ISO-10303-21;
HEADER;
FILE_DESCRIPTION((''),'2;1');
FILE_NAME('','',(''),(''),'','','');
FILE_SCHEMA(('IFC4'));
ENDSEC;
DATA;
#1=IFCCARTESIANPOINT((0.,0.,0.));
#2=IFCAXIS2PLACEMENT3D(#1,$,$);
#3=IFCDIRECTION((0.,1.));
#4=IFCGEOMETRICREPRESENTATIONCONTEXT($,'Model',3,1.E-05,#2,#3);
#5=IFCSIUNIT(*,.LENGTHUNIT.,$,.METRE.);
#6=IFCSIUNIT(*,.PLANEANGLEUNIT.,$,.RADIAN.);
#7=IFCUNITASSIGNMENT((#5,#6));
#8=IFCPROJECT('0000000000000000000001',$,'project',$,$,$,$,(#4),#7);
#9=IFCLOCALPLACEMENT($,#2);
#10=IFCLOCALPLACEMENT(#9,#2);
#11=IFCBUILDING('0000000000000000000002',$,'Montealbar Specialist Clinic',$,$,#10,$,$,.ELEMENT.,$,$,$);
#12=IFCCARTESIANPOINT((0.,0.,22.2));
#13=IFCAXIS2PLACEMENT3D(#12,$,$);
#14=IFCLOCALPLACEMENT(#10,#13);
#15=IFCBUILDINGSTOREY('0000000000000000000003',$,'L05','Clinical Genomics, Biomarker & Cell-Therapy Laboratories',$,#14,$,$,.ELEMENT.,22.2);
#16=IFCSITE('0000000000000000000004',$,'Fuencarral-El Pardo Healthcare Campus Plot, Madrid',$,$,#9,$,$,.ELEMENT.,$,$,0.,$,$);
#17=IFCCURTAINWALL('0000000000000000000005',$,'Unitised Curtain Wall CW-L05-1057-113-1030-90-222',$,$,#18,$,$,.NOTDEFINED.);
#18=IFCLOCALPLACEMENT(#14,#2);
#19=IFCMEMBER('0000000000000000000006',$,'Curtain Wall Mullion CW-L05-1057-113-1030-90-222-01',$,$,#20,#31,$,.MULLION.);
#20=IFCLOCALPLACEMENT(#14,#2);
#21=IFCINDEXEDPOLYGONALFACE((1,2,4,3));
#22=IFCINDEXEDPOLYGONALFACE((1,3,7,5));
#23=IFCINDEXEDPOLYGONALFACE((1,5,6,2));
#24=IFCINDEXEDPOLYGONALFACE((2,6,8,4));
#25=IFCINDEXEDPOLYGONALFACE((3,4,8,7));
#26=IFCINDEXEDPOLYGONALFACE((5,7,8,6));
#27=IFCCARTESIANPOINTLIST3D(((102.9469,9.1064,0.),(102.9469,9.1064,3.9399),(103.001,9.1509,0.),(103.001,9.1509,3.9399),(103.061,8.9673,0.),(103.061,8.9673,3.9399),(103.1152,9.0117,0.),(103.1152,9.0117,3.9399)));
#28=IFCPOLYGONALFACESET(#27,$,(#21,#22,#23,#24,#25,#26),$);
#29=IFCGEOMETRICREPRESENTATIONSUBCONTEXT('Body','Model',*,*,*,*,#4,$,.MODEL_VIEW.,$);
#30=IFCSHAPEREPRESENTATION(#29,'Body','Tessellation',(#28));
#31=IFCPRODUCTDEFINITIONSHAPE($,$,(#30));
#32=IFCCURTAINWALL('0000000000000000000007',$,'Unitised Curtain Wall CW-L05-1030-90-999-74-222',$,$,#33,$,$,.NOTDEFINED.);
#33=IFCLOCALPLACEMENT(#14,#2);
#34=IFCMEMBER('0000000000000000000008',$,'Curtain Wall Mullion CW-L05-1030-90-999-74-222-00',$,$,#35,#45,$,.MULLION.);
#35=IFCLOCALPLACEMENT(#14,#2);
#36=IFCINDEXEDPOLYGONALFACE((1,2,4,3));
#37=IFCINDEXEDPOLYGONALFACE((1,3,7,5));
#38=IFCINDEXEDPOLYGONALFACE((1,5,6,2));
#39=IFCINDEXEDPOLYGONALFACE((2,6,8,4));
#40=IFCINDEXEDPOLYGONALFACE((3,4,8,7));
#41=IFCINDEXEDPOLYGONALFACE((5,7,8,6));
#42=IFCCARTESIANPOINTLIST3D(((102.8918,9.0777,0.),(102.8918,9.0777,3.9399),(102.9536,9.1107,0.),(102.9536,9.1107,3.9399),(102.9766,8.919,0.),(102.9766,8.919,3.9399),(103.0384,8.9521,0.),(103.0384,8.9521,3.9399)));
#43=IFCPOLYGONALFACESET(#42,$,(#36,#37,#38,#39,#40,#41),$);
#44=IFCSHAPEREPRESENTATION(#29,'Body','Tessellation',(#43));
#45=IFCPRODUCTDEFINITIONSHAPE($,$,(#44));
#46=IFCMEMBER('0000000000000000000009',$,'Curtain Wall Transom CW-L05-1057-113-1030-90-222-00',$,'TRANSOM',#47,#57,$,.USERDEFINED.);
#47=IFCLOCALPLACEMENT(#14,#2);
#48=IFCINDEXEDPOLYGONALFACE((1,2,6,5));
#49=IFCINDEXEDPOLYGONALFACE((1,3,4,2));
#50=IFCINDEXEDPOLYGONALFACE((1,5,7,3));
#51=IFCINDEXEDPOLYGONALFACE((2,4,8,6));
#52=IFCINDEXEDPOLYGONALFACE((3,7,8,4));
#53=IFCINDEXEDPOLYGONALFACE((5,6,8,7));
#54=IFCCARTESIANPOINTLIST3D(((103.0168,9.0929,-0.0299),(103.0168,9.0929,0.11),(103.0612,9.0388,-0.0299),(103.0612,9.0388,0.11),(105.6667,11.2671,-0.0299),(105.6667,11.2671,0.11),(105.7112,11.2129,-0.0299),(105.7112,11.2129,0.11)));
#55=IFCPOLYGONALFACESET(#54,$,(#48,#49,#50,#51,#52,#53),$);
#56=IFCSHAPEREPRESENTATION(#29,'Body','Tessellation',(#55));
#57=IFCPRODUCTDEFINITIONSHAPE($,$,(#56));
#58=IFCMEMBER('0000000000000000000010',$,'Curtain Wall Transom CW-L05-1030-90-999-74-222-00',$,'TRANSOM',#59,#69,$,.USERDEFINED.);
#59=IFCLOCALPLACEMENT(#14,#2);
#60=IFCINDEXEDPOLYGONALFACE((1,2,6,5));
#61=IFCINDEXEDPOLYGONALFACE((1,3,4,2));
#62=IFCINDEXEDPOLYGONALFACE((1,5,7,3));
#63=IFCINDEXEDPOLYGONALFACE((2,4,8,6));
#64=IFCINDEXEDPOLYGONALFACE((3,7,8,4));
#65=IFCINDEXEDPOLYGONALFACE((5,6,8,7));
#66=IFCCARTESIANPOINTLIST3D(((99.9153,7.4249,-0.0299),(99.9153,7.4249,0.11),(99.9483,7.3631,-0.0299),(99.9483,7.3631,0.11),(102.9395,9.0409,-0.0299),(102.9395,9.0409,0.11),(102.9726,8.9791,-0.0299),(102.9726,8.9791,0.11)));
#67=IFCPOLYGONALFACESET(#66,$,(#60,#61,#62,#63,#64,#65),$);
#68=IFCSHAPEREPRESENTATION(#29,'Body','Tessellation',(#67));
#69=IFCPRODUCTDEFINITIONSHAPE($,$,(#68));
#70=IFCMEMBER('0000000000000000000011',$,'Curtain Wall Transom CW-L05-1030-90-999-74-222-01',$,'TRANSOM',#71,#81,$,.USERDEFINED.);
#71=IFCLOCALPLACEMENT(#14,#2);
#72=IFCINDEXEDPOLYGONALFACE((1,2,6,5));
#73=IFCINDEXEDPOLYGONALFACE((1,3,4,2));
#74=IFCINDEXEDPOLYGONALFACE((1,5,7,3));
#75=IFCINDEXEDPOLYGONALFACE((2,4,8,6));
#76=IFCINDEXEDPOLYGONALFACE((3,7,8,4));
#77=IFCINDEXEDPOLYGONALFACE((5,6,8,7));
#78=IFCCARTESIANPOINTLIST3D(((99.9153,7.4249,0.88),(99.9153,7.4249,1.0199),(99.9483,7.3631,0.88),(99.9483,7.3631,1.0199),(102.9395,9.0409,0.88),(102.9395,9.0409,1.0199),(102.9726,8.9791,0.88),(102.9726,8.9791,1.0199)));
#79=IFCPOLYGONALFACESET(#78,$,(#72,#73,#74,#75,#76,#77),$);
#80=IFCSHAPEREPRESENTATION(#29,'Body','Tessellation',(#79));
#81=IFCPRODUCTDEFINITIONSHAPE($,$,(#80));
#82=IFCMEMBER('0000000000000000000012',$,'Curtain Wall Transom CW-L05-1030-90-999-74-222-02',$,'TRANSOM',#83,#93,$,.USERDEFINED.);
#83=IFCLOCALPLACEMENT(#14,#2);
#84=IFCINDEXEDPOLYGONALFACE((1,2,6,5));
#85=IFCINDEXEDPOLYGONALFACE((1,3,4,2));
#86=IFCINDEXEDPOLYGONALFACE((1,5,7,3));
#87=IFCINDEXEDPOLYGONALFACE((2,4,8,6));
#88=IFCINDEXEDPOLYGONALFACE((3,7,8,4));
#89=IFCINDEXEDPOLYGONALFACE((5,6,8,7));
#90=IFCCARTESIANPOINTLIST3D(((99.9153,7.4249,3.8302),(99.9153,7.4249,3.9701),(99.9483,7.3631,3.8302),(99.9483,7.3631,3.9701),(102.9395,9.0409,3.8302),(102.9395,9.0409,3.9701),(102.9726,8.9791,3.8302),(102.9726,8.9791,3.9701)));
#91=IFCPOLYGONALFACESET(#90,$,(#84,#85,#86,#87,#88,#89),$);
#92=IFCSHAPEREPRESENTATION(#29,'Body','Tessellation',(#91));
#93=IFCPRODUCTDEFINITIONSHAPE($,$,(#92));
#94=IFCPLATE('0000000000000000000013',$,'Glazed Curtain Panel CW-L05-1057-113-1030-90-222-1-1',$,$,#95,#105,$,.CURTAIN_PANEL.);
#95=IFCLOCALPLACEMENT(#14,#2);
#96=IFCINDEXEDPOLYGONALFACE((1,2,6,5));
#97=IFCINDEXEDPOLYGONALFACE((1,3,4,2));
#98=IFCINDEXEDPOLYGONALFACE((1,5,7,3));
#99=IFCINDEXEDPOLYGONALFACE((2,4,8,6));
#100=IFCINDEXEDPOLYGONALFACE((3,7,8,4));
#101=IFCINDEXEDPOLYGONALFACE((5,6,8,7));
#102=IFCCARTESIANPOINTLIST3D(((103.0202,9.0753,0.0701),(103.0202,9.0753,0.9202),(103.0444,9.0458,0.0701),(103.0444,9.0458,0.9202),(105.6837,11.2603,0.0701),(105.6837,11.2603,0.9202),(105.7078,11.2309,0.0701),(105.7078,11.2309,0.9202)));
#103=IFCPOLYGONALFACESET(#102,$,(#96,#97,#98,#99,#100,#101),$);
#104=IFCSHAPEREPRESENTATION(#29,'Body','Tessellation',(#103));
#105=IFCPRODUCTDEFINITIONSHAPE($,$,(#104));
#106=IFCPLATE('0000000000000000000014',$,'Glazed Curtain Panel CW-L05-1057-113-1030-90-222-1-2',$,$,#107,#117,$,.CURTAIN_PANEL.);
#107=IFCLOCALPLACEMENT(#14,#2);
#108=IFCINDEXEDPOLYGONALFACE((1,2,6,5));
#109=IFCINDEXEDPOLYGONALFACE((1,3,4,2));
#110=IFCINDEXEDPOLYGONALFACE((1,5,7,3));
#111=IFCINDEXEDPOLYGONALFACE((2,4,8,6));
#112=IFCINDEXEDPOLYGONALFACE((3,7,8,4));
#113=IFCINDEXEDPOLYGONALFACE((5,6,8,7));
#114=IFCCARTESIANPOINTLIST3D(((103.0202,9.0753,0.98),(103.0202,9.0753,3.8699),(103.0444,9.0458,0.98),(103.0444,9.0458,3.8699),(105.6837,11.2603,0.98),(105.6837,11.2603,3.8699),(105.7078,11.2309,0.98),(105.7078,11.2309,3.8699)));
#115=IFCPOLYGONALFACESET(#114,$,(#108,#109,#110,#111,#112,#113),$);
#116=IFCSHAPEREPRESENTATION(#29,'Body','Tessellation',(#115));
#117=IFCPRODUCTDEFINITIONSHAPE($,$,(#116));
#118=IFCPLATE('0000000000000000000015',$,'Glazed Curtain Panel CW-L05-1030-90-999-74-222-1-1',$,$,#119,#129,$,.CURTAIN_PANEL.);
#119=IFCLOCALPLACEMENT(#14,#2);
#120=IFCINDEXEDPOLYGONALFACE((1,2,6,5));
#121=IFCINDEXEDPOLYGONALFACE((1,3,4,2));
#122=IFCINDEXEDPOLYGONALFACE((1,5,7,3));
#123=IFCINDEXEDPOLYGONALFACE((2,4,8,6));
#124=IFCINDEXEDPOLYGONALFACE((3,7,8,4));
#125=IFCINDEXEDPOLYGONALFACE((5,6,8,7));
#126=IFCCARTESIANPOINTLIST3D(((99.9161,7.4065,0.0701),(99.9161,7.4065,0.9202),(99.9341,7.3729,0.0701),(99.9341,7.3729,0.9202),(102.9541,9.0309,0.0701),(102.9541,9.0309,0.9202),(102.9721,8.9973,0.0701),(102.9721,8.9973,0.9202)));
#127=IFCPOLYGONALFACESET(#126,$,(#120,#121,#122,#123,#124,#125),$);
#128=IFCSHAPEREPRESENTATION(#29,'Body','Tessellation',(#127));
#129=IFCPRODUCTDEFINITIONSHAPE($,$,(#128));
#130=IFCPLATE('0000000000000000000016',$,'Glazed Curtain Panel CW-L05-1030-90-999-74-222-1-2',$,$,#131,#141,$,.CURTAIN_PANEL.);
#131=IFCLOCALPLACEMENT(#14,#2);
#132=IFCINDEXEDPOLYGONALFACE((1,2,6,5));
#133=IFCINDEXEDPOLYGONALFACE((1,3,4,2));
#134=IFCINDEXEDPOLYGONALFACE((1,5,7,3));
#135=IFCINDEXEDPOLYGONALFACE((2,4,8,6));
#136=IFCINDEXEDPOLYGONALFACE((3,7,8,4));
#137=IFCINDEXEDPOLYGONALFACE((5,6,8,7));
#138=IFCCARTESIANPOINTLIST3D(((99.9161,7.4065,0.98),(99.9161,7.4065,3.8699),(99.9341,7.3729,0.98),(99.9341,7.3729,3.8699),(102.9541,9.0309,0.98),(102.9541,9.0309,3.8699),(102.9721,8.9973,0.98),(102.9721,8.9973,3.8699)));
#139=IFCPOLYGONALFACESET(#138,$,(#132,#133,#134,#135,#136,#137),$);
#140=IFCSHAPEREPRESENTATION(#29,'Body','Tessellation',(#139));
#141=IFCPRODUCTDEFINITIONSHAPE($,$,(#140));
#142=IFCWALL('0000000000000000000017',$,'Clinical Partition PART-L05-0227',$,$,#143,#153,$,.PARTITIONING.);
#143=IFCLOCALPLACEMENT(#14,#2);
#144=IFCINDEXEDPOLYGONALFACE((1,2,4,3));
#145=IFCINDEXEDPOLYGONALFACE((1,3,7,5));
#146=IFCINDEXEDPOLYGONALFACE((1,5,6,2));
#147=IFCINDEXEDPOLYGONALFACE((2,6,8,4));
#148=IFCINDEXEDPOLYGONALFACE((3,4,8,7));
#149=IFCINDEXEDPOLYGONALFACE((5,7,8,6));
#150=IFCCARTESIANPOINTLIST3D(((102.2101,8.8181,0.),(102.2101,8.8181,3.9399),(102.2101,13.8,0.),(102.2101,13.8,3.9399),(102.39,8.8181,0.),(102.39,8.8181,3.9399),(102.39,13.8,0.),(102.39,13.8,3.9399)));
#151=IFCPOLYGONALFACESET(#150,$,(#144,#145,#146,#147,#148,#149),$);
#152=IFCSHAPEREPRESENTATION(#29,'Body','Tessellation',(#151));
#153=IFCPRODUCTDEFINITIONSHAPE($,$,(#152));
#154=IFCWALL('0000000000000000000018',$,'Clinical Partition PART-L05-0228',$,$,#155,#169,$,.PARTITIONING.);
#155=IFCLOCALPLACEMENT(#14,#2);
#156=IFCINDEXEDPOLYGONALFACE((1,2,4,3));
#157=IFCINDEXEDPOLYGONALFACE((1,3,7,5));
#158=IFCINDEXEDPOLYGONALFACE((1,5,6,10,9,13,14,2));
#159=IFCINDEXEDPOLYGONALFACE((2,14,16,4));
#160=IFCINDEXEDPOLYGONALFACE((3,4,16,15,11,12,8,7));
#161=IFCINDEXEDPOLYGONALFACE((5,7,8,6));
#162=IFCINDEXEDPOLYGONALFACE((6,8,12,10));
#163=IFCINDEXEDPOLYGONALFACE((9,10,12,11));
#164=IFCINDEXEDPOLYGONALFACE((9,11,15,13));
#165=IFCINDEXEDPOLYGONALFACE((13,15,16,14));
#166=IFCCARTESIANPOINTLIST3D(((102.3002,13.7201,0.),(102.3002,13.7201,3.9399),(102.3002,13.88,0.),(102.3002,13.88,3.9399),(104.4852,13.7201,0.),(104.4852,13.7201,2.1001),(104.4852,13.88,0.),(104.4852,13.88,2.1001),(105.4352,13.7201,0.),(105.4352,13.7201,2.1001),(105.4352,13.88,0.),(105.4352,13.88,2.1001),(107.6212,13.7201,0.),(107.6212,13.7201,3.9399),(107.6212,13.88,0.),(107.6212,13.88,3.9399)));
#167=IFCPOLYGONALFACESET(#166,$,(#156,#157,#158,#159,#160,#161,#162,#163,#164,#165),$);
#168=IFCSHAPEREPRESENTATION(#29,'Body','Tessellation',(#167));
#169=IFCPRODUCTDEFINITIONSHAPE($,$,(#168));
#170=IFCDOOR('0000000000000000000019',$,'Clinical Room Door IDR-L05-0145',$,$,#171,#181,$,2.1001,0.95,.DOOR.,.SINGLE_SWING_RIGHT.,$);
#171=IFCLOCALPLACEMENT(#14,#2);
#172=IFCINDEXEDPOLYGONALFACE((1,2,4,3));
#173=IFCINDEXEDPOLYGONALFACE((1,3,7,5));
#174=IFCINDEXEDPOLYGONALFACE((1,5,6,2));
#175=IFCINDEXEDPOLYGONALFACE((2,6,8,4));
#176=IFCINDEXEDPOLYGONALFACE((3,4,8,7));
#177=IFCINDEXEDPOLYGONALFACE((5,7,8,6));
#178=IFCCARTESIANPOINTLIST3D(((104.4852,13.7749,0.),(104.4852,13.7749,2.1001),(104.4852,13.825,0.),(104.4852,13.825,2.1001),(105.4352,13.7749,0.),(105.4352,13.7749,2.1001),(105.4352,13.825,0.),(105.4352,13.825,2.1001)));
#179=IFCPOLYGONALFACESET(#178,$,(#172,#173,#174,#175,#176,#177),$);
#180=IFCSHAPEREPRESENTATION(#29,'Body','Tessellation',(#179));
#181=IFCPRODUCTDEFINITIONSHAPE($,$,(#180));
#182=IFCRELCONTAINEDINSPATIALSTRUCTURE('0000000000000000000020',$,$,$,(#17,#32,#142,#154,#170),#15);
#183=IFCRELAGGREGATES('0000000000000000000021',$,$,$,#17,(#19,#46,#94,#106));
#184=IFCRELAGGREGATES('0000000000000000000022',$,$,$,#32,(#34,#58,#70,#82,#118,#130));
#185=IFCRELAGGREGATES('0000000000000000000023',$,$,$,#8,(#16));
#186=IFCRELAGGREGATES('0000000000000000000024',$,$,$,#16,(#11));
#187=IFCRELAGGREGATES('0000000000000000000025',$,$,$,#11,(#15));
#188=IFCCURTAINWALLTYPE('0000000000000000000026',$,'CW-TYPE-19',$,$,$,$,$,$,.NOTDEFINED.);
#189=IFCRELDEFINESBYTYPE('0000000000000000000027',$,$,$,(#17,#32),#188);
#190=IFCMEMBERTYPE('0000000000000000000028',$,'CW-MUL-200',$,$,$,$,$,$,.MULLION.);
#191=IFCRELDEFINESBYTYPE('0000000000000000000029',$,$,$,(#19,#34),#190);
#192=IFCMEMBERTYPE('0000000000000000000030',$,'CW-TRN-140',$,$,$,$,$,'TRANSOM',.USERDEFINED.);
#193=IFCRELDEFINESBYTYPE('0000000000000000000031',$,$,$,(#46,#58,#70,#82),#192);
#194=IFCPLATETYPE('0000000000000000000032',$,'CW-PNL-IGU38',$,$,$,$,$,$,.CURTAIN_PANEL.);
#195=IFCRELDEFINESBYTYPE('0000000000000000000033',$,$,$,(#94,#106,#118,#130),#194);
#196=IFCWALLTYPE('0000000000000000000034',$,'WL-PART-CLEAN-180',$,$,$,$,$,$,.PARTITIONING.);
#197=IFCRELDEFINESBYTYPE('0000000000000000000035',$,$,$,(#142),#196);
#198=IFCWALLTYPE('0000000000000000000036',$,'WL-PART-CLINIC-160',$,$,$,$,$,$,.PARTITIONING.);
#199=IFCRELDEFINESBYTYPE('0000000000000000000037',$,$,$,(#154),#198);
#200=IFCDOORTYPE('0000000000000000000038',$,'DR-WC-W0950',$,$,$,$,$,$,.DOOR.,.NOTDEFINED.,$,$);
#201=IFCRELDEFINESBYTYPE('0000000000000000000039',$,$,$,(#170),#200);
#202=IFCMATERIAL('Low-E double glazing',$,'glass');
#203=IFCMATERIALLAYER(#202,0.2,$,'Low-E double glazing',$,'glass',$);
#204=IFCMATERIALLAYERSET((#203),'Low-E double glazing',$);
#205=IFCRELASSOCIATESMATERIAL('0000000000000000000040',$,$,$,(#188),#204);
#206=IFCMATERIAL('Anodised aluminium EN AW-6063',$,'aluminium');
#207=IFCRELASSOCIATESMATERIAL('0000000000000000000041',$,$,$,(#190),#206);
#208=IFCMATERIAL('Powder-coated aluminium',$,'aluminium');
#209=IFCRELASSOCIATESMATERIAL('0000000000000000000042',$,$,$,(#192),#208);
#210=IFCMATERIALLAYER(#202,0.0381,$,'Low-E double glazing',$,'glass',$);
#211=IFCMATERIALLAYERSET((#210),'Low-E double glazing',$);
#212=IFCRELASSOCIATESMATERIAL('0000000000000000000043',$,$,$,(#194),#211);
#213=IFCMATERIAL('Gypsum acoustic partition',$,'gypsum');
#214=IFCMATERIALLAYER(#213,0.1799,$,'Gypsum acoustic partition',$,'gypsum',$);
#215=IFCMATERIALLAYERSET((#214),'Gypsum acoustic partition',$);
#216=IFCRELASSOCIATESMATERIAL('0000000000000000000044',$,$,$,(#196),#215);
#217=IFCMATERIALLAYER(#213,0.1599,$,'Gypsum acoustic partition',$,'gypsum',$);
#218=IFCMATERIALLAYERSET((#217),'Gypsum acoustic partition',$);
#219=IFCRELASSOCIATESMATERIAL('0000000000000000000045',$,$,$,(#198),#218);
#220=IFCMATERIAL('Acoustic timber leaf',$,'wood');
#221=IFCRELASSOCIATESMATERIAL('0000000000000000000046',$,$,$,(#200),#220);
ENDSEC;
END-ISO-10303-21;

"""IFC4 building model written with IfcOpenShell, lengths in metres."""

from ifc_helpers import new_model, si_unit, direction, frame, frame_2d, origin, origin_2d, place, context, subcontext, project, spatial, rectangle, extrude, material, layer, layer_set, material_profile, profile_set, type_object, element, fill, aggregate, save


model = new_model("IFC4")

# Units and contexts
model_context = context("Model", 3, precision=1e-05, world=origin(), true_north=direction((0.0, 1.0)))
body_context = subcontext(model_context, "Body", "Model", "MODEL_VIEW")
ifc_project = project(units=[si_unit("LENGTHUNIT", "METRE"), si_unit("PLANEANGLEUNIT", "RADIAN")], contexts=[model_context])

# Site, building, storey
site_placement = place(None, origin())
site = spatial("IfcSite", under=ifc_project, at=site_placement, Name="Fuencarral-El Pardo Healthcare Campus Plot, Madrid", CompositionType="ELEMENT", RefElevation=0.0)
building_placement = place(site_placement, origin())
building = spatial("IfcBuilding", under=site, at=building_placement, Name="Montealbar Specialist Clinic", CompositionType="ELEMENT")
storey_placement = place(building_placement, frame((0.0, 0.0, 22.2)))
storey = spatial("IfcBuildingStorey", under=building, at=storey_placement, Name="L05", Description="Clinical Genomics, Biomarker & Cell-Therapy Laboratories", CompositionType="ELEMENT", Elevation=22.2)

# Curtain walls, members
ifc_material_1 = material(Name="Low-E double glazing", Category="glass")
ifc_layer_1 = layer(ifc_material_1, 0.2, Name="Low-E double glazing", Category="glass")
ifc_layer_set_1 = layer_set([ifc_layer_1], Name="Low-E double glazing")
curtain_wall_type = type_object("IfcCurtainWallType", Name="CW-TYPE-19", PredefinedType="NOTDEFINED", material=ifc_layer_set_1)
curtain_wall_1_placement = place(storey_placement, origin())
curtain_wall_1 = element("IfcCurtainWall", 1, at=curtain_wall_1_placement, inside=storey, type_object=curtain_wall_type, Name="Unitised Curtain Wall CW-L05-1057-113-1030-90-222", PredefinedType="NOTDEFINED")
ifc_material_2 = material(Name="Anodised aluminium EN AW-6063", Category="aluminium")
ifc_material_profile_1 = material_profile(ifc_material_2, rectangle(XDim=0.0701, YDim=0.1799, at=origin_2d()), Name="ALU 70x180", Category="aluminium")
ifc_profile_set_1 = profile_set([ifc_material_profile_1], Name="Anodised aluminium EN AW-6063")
member_type_1 = type_object("IfcMemberType", Name="CW-MUL-200", PredefinedType="MULLION", material=ifc_profile_set_1)
member_1_placement = place(storey_placement, frame((103.031, 9.0591, 0.0), z_axis=(0.0, 0.0, 1.0), x_axis=(-0.773123, -0.634256, 0.0)))
member_1 = element("IfcMember", 2, at=member_1_placement, type_object=member_type_1, Name="Curtain Wall Mullion CW-L05-1057-113-1030-90-222-01", PredefinedType="MULLION", context=body_context, shape_type="SweptSolid", body=[
    extrude(rectangle(XDim=0.0701, YDim=0.1799, at=origin_2d()), origin(), (0.0, 0.0, 1.0), 3.9399),
])
curtain_wall_2_placement = place(storey_placement, origin())
curtain_wall_2 = element("IfcCurtainWall", 3, at=curtain_wall_2_placement, inside=storey, type_object=curtain_wall_type, Name="Unitised Curtain Wall CW-L05-1030-90-999-74-222", PredefinedType="NOTDEFINED")
member_2_placement = place(storey_placement, frame((102.9651, 9.0149, 0.0), z_axis=(0.0, 0.0, 1.0), x_axis=(-0.88185, -0.471529, 0.0)))
member_2 = element("IfcMember", 4, at=member_2_placement, type_object=member_type_1, Name="Curtain Wall Mullion CW-L05-1030-90-999-74-222-00", PredefinedType="MULLION", context=body_context, shape_type="SweptSolid", body=[
    extrude(rectangle(XDim=0.0701, YDim=0.1799, at=origin_2d()), origin(), (0.0, 0.0, 1.0), 3.9399),
])

# Members
ifc_material_3 = material(Name="Powder-coated aluminium", Category="aluminium")
ifc_material_profile_2 = material_profile(ifc_material_3, rectangle(XDim=0.0701, YDim=0.1399, at=origin_2d()), Name="ALU 70x140", Category="aluminium")
ifc_profile_set_2 = profile_set([ifc_material_profile_2], Name="Powder-coated aluminium")
member_type_2 = type_object("IfcMemberType", Name="CW-TRN-140", ElementType="TRANSOM", PredefinedType="USERDEFINED", material=ifc_profile_set_2)
member_3_placement = place(storey_placement, frame((105.689, 11.24, 0.04), z_axis=(-0.773103, -0.634281, 0.0), x_axis=(0.634281, -0.773103, 0.0)))
member_3 = element("IfcMember", 5, at=member_3_placement, type_object=member_type_2, Name="Curtain Wall Transom CW-L05-1057-113-1030-90-222-00", ObjectType="TRANSOM", PredefinedType="USERDEFINED", context=body_context, shape_type="SweptSolid", body=[
    extrude(rectangle(XDim=0.0701, YDim=0.1399, at=origin_2d()), origin(), (0.0, 0.0, 1.0), 3.4277),
])
member_4_placement = place(storey_placement, frame((102.9561, 9.01, 0.04), z_axis=(-0.88198, -0.471287, 0.0), x_axis=(0.471287, -0.88198, 0.0)))
member_4 = element("IfcMember", 6, at=member_4_placement, type_object=member_type_2, Name="Curtain Wall Transom CW-L05-1030-90-999-74-222-00", ObjectType="TRANSOM", PredefinedType="USERDEFINED", context=body_context, shape_type="SweptSolid", body=[
    extrude(rectangle(XDim=0.0701, YDim=0.1399, at=origin_2d()), origin(), (0.0, 0.0, 1.0), 3.429),
])
member_5_placement = place(storey_placement, frame((102.9561, 9.01, 0.95), z_axis=(-0.88198, -0.471287, 0.0), x_axis=(0.471287, -0.88198, 0.0)))
member_5 = element("IfcMember", 7, at=member_5_placement, type_object=member_type_2, Name="Curtain Wall Transom CW-L05-1030-90-999-74-222-01", ObjectType="TRANSOM", PredefinedType="USERDEFINED", context=body_context, shape_type="SweptSolid", body=[
    extrude(rectangle(XDim=0.0701, YDim=0.1399, at=origin_2d()), origin(), (0.0, 0.0, 1.0), 3.429),
])
member_6_placement = place(storey_placement, frame((102.9561, 9.01, 3.9001), z_axis=(-0.88198, -0.471287, 0.0), x_axis=(0.471287, -0.88198, 0.0)))
member_6 = element("IfcMember", 8, at=member_6_placement, type_object=member_type_2, Name="Curtain Wall Transom CW-L05-1030-90-999-74-222-02", ObjectType="TRANSOM", PredefinedType="USERDEFINED", context=body_context, shape_type="SweptSolid", body=[
    extrude(rectangle(XDim=0.0701, YDim=0.1399, at=origin_2d()), origin(), (0.0, 0.0, 1.0), 3.429),
])

# Plates
ifc_layer_2 = layer(ifc_material_1, 0.0381, Name="Low-E double glazing", Category="glass")
ifc_layer_set_2 = layer_set([ifc_layer_2], Name="Low-E double glazing")
plate_type = type_object("IfcPlateType", Name="CW-PNL-IGU38", PredefinedType="CURTAIN_PANEL", material=ifc_layer_set_2)
plate_1_placement = place(storey_placement, frame((104.364, 10.1531, 0.0701), z_axis=(0.0, 0.0, 1.0), x_axis=(-0.773123, -0.634256, 0.0)))
plate_1 = element("IfcPlate", 9, at=plate_1_placement, type_object=plate_type, Name="Glazed Curtain Panel CW-L05-1057-113-1030-90-222-1-1", PredefinedType="CURTAIN_PANEL", context=body_context, shape_type="SweptSolid", body=[
    extrude(rectangle(XDim=3.4451, YDim=0.0381, at=origin_2d()), origin(), (0.0, 0.0, 1.0), 0.8501),
])
plate_2_placement = place(storey_placement, frame((104.364, 10.1531, 0.98), z_axis=(0.0, 0.0, 1.0), x_axis=(-0.773123, -0.634256, 0.0)))
plate_2 = element("IfcPlate", 10, at=plate_2_placement, type_object=plate_type, Name="Glazed Curtain Panel CW-L05-1057-113-1030-90-222-1-2", PredefinedType="CURTAIN_PANEL", context=body_context, shape_type="SweptSolid", body=[
    extrude(rectangle(XDim=3.4451, YDim=0.0381, at=origin_2d()), origin(), (0.0, 0.0, 1.0), 2.8899),
])
aggregate(curtain_wall_1, [member_1, member_3, plate_1, plate_2])
plate_3_placement = place(storey_placement, frame((101.4441, 8.2019, 0.0701), z_axis=(0.0, 0.0, 1.0), x_axis=(-0.88185, -0.471529, 0.0)))
plate_3 = element("IfcPlate", 11, at=plate_3_placement, type_object=plate_type, Name="Glazed Curtain Panel CW-L05-1030-90-999-74-222-1-1", PredefinedType="CURTAIN_PANEL", context=body_context, shape_type="SweptSolid", body=[
    extrude(rectangle(XDim=3.4451, YDim=0.0381, at=origin_2d()), origin(), (0.0, 0.0, 1.0), 0.8501),
])
plate_4_placement = place(storey_placement, frame((101.4441, 8.2019, 0.98), z_axis=(0.0, 0.0, 1.0), x_axis=(-0.88185, -0.471529, 0.0)))
plate_4 = element("IfcPlate", 12, at=plate_4_placement, type_object=plate_type, Name="Glazed Curtain Panel CW-L05-1030-90-999-74-222-1-2", PredefinedType="CURTAIN_PANEL", context=body_context, shape_type="SweptSolid", body=[
    extrude(rectangle(XDim=3.4451, YDim=0.0381, at=origin_2d()), origin(), (0.0, 0.0, 1.0), 2.8899),
])
aggregate(curtain_wall_2, [member_2, member_4, member_5, member_6, plate_3, plate_4])

# Wall
ifc_material_4 = material(Name="Gypsum acoustic partition", Category="gypsum")
ifc_layer_3 = layer(ifc_material_4, 0.1799, Name="Gypsum acoustic partition", Category="gypsum")
ifc_layer_set_3 = layer_set([ifc_layer_3], Name="Gypsum acoustic partition")
wall_type_1 = type_object("IfcWallType", Name="WL-PART-CLEAN-180", PredefinedType="PARTITIONING", material=ifc_layer_set_3)
wall_1_placement = place(storey_placement, frame((102.3, 8.8181, 0.0), z_axis=(0.0, 0.0, 1.0), x_axis=(0.0, 1.0, 0.0)))
element("IfcWall", 13, at=wall_1_placement, inside=storey, type_object=wall_type_1, Name="Clinical Partition PART-L05-0227", PredefinedType="PARTITIONING", context=body_context, shape_type="SweptSolid", body=[
    extrude(rectangle(XDim=4.9819, YDim=0.1799, at=frame_2d((2.491, 0.0))), origin(), (0.0, 0.0, 1.0), 3.9399),
])

# Wall, opening, door
ifc_layer_4 = layer(ifc_material_4, 0.1599, Name="Gypsum acoustic partition", Category="gypsum")
ifc_layer_set_4 = layer_set([ifc_layer_4], Name="Gypsum acoustic partition")
wall_type_2 = type_object("IfcWallType", Name="WL-PART-CLINIC-160", PredefinedType="PARTITIONING", material=ifc_layer_set_4)
wall_2_placement = place(storey_placement, frame((102.3, 13.8, 0.0), z_axis=(0.0, 0.0, 1.0), x_axis=(1.0, 0.0, 0.0)))
wall_2 = element("IfcWall", 14, at=wall_2_placement, inside=storey, type_object=wall_type_2, Name="Clinical Partition PART-L05-0228", PredefinedType="PARTITIONING", context=body_context, shape_type="SweptSolid", body=[
    extrude(rectangle(XDim=5.321, YDim=0.1599, at=frame_2d((2.6606, 0.0))), origin(), (0.0, 0.0, 1.0), 3.9399),
])
opening_1_placement = place(wall_2_placement, frame((2.1851, 0.0, 0.0)))
opening_1 = element("IfcOpeningElement", 15, at=opening_1_placement, cuts=wall_2, PredefinedType="OPENING", context=body_context, shape_type="SweptSolid", body=[
    extrude(rectangle(XDim=0.95, YDim=2.1001, at=frame_2d((0.4751, 1.05))), frame((0.0, 0.0898, 0.0), z_axis=(0.0, -1.0, 0.0), x_axis=(1.0, 0.0, 0.0)), (0.0, 0.0, 1.0), 0.1799),
])
ifc_material_5 = material(Name="Acoustic timber leaf", Category="wood")
door_type_1 = type_object("IfcDoorType", Name="DR-WC-W0950", OperationType="NOTDEFINED", PredefinedType="DOOR", material=ifc_material_5)
door_1_placement = place(opening_1_placement, origin())
door_1 = element("IfcDoor", 16, at=door_1_placement, inside=storey, type_object=door_type_1, Name="Clinical Room Door IDR-L05-0145", OperationType="SINGLE_SWING_RIGHT", OverallHeight=2.1001, OverallWidth=0.95, PredefinedType="DOOR", context=body_context, shape_type="SweptSolid", body=[
    extrude(rectangle(XDim=0.95, YDim=2.1001, at=frame_2d((0.4751, 1.05))), frame((0.0, 0.0249, 0.0), z_axis=(0.0, -1.0, 0.0), x_axis=(1.0, 0.0, 0.0)), (0.0, 0.0, 1.0), 0.05),
])
fill(opening_1, door_1)

save(model, "model.ifc")
